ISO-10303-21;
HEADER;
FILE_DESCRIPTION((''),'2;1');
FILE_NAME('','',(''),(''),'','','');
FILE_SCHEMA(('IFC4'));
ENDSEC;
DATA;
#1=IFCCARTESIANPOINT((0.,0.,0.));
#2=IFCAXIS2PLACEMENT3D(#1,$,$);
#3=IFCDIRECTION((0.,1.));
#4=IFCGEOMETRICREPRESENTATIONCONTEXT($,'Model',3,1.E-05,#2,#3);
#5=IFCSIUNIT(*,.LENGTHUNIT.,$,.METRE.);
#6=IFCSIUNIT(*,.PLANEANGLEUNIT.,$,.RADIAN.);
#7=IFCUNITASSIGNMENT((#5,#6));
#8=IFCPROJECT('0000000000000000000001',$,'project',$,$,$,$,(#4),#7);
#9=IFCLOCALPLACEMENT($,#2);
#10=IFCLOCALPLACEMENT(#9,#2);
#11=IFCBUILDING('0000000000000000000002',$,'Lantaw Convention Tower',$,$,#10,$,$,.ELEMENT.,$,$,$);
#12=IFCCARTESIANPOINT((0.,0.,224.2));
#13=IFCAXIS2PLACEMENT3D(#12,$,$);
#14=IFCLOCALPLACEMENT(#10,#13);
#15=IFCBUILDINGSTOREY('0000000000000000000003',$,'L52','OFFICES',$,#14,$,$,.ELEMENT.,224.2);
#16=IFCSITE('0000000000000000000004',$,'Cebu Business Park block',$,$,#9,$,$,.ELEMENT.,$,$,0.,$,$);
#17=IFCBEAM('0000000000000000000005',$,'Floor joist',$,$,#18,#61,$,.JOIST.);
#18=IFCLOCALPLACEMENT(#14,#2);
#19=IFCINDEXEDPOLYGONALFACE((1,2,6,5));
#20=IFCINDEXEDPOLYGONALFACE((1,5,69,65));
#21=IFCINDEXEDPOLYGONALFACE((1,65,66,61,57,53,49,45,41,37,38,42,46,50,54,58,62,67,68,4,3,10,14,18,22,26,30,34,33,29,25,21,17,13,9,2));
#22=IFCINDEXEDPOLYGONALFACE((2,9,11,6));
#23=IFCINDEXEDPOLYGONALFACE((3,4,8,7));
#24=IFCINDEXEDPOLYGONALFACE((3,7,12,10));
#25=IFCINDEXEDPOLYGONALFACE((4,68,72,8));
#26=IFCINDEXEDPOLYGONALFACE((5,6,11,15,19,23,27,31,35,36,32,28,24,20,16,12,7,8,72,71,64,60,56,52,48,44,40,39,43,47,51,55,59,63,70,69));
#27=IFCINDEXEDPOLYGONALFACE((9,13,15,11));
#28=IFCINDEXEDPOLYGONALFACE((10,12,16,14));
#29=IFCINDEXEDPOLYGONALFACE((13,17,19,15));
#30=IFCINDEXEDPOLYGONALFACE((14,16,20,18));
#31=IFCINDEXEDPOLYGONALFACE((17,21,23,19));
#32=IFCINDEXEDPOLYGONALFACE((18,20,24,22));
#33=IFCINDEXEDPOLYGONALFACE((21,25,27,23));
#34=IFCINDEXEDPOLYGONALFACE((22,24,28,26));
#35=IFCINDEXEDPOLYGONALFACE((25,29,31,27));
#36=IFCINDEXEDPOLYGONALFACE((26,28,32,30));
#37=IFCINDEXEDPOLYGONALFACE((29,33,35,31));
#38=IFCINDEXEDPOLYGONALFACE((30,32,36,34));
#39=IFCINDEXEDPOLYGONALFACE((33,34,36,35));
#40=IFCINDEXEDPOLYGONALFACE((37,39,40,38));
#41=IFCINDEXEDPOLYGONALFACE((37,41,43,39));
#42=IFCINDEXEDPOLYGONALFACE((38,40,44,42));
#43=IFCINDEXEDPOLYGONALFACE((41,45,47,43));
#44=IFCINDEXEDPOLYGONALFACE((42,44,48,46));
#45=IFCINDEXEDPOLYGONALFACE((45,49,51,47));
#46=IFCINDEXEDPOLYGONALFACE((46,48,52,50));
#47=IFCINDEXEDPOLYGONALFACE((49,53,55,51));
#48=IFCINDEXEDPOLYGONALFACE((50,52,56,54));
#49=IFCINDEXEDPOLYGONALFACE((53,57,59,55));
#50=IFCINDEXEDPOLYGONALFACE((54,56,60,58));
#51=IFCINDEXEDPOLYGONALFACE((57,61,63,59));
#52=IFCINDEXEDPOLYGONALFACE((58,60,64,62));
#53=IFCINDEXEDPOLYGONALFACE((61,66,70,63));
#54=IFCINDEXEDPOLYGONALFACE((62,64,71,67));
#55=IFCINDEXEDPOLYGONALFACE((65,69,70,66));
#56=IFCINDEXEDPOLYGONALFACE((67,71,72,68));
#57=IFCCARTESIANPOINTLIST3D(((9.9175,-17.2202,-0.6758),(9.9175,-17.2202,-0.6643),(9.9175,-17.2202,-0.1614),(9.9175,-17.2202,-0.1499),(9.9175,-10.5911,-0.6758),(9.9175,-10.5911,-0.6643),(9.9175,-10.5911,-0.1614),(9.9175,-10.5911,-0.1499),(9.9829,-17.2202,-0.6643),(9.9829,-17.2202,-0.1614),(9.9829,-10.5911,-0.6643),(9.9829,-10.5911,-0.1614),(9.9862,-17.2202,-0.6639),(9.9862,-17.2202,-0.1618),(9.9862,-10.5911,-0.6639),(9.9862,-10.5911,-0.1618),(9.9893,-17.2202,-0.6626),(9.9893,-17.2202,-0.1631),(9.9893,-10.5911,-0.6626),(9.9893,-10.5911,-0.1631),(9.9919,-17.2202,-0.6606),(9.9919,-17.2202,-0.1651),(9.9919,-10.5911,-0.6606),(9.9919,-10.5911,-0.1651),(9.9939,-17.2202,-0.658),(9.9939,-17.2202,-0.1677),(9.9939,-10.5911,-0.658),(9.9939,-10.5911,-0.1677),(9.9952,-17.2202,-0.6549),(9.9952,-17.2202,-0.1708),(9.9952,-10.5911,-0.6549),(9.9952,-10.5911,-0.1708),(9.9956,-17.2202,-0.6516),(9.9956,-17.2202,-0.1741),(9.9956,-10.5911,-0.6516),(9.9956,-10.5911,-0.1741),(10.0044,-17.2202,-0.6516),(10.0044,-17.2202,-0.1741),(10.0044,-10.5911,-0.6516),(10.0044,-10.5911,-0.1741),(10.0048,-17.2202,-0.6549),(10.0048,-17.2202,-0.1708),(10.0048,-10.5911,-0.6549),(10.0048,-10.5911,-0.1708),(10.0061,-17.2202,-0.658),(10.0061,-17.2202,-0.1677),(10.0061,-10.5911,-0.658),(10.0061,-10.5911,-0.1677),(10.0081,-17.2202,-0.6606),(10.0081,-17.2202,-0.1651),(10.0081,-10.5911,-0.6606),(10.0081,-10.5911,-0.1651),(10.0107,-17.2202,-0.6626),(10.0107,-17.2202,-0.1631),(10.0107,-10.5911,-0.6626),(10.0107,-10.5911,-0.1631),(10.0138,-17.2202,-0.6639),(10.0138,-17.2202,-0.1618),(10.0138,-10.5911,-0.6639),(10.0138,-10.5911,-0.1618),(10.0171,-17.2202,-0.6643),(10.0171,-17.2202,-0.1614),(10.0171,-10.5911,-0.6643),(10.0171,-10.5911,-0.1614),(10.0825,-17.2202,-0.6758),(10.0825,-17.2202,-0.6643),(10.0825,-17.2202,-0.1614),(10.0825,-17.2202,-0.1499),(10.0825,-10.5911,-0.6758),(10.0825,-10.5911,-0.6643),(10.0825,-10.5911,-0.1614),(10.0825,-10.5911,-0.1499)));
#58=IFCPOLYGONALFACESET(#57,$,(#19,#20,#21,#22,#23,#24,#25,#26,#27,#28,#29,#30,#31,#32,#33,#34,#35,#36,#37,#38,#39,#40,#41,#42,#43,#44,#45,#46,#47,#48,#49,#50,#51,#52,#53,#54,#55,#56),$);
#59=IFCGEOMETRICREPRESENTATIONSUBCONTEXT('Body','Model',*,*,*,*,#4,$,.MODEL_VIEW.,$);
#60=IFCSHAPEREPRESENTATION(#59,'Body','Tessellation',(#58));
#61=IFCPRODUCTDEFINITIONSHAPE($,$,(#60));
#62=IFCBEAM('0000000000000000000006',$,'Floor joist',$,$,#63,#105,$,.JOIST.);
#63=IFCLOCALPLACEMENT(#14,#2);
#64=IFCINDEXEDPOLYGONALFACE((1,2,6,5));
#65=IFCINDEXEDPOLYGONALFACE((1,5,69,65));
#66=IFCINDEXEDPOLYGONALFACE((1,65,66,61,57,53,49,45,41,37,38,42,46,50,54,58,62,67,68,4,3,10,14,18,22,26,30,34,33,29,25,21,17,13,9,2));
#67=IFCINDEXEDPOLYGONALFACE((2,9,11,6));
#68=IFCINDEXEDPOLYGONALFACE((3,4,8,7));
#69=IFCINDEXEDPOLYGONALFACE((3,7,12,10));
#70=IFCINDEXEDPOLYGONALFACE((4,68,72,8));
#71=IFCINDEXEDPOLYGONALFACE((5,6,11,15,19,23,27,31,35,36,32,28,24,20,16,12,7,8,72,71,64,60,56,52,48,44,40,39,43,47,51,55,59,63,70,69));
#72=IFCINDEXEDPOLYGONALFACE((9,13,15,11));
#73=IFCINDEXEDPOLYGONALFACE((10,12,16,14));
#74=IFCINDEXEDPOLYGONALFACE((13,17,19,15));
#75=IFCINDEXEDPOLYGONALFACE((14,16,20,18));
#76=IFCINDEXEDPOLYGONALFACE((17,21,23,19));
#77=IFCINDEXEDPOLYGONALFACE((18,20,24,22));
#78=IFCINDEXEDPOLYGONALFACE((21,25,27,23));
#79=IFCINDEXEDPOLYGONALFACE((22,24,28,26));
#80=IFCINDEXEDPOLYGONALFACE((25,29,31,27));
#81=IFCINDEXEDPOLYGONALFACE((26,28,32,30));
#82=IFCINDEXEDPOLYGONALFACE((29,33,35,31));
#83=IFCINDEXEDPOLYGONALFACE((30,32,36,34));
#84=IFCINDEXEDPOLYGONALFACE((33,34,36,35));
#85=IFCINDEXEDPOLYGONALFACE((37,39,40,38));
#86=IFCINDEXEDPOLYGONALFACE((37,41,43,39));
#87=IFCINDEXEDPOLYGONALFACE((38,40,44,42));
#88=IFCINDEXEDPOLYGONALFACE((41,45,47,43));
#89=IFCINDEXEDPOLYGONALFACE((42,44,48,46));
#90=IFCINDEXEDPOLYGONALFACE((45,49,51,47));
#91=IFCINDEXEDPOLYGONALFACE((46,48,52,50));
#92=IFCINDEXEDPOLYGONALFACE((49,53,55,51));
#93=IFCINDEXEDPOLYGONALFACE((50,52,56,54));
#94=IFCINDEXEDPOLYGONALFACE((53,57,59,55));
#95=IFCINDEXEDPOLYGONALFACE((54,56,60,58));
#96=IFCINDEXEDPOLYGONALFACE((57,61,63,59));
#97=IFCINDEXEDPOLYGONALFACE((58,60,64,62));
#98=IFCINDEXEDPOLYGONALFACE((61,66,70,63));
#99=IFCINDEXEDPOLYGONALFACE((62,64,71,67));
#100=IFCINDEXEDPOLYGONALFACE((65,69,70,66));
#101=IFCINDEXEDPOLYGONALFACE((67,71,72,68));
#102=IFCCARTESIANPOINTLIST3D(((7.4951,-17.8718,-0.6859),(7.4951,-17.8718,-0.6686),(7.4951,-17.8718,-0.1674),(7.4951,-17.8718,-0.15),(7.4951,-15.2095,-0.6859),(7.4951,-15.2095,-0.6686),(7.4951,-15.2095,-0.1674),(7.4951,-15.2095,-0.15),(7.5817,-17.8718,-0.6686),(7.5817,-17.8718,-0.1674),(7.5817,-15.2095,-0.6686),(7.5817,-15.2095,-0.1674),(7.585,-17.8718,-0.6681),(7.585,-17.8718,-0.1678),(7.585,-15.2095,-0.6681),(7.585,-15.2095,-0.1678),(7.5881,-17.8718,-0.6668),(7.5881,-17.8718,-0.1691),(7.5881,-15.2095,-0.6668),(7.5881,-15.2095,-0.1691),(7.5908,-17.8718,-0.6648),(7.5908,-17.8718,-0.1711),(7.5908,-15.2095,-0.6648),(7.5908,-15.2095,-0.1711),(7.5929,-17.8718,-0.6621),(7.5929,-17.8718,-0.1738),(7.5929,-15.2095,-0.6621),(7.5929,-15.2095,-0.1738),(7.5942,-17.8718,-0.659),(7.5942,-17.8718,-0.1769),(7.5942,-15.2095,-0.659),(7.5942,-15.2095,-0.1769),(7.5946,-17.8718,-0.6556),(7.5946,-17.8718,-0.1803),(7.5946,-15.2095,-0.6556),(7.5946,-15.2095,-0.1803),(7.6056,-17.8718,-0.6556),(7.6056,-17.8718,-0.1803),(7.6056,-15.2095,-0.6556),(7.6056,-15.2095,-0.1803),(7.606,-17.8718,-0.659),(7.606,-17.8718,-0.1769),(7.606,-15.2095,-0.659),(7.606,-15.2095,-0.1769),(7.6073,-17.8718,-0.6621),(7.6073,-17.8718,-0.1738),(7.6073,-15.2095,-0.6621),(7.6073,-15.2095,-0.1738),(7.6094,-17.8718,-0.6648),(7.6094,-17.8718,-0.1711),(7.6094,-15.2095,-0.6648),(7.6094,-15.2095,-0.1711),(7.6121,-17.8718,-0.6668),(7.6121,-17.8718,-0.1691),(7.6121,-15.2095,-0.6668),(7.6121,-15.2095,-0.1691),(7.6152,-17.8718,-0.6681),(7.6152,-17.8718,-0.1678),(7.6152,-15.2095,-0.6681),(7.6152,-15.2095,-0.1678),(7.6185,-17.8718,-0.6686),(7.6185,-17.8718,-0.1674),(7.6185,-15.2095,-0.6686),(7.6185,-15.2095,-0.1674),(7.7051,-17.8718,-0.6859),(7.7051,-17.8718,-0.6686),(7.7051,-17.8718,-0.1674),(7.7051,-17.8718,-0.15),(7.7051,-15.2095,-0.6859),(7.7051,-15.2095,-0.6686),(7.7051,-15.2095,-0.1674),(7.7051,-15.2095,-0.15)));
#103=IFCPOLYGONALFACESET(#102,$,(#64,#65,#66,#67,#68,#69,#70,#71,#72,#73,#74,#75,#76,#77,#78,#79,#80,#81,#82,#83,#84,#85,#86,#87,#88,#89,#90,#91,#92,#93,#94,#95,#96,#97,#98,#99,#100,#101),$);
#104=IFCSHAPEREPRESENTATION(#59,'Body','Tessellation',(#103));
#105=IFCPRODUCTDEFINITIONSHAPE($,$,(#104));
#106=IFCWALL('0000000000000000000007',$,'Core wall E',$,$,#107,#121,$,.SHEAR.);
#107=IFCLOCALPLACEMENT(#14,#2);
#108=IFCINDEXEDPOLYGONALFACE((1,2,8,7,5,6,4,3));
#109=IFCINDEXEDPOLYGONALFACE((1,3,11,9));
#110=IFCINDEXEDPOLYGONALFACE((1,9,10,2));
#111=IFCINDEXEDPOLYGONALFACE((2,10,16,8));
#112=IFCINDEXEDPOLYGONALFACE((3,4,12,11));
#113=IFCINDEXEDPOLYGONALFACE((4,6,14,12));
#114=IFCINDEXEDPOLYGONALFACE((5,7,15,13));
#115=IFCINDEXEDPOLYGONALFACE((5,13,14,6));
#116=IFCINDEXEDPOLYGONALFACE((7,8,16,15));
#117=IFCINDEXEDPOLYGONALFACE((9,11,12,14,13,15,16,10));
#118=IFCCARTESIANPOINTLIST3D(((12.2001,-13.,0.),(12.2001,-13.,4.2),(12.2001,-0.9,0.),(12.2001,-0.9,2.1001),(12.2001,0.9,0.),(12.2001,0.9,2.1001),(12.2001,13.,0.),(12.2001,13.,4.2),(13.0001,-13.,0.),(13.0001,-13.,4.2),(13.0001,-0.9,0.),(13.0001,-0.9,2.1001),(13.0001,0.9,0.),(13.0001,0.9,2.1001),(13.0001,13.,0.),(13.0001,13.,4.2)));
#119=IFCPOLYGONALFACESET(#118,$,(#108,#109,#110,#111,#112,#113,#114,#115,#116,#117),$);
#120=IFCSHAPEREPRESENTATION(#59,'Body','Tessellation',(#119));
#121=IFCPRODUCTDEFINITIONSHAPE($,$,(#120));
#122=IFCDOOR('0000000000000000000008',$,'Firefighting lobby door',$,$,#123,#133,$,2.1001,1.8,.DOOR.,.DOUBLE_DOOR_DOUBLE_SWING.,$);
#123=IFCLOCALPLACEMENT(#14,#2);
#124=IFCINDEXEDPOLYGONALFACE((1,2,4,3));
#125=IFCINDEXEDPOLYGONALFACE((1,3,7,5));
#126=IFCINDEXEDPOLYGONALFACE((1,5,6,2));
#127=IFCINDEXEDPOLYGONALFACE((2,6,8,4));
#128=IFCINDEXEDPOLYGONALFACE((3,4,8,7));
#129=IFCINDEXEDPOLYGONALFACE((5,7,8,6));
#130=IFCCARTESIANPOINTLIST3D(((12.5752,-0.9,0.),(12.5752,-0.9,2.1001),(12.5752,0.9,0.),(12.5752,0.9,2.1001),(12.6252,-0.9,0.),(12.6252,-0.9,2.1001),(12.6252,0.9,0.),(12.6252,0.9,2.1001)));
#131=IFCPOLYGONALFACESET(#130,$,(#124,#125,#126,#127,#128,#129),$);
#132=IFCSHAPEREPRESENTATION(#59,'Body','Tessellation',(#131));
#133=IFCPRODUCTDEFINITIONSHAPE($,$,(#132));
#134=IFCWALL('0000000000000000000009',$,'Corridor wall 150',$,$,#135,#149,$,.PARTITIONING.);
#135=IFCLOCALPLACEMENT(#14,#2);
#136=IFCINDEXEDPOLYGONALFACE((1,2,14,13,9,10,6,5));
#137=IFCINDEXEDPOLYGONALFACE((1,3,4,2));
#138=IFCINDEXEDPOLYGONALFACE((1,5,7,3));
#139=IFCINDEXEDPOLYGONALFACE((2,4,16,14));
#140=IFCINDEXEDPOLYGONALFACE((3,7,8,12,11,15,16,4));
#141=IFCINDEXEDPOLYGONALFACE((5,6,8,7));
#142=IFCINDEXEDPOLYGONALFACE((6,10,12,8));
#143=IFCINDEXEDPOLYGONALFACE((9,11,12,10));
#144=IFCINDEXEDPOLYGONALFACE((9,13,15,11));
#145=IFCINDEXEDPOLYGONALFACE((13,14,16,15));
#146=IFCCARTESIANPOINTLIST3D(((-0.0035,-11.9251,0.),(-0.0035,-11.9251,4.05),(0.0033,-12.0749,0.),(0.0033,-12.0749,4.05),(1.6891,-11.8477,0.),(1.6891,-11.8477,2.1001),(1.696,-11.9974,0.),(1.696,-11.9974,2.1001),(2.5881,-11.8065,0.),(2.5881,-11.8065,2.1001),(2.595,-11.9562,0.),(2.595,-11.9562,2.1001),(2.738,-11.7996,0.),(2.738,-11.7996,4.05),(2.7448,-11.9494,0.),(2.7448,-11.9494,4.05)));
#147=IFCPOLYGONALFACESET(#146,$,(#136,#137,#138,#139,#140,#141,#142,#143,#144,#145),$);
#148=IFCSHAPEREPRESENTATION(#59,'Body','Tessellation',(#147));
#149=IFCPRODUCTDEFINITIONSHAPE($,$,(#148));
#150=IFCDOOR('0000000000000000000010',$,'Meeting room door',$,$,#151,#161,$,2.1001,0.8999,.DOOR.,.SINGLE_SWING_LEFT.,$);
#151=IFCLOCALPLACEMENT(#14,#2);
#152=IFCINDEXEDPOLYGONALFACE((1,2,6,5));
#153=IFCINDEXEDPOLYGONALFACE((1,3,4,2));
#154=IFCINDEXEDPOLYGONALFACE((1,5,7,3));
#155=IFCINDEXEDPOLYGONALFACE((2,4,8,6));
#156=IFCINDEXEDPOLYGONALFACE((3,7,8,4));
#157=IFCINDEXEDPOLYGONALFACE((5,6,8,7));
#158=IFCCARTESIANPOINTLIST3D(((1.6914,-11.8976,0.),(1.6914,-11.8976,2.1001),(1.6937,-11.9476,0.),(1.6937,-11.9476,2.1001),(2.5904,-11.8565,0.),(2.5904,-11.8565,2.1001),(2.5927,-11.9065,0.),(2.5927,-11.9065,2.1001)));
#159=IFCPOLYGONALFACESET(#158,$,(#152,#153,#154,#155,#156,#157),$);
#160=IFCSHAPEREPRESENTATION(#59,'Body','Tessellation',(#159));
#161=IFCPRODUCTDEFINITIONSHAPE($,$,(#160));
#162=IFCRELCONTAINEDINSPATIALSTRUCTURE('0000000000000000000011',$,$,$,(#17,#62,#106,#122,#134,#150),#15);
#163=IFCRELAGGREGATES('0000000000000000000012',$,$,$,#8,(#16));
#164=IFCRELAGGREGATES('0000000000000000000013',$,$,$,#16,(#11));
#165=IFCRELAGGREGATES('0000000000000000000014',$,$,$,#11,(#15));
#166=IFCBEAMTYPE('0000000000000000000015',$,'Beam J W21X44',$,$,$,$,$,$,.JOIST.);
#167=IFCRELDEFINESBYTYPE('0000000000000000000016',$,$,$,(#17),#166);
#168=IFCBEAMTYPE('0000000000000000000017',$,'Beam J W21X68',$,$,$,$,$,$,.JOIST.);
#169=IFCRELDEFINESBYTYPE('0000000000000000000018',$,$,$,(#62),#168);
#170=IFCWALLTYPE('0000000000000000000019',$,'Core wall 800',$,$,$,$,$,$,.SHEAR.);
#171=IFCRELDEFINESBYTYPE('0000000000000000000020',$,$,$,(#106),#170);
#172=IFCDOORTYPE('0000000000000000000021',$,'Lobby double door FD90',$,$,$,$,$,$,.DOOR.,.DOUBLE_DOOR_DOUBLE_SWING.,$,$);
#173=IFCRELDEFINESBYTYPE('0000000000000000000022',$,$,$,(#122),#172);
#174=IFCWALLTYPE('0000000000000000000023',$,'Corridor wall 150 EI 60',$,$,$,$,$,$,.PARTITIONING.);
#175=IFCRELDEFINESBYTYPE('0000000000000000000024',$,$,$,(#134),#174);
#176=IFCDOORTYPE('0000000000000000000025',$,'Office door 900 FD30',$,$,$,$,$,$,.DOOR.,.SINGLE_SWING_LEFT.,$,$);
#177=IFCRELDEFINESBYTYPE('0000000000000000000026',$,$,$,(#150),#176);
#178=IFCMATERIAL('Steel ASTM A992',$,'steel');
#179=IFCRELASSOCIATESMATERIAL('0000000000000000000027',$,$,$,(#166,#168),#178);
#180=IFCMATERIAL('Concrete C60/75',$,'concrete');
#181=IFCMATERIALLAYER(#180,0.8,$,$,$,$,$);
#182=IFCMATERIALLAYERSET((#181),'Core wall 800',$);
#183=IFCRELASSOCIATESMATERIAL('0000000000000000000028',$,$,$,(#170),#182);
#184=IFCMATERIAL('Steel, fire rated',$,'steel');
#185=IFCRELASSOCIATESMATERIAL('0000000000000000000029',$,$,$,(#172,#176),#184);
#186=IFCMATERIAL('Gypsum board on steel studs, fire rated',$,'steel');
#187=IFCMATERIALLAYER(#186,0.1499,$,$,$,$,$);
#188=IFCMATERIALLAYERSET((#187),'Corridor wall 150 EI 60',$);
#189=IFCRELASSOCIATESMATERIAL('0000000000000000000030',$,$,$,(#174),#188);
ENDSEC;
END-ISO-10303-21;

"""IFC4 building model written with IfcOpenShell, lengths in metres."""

from ifc_helpers import new_model, si_unit, direction, frame, frame_2d, origin, origin_2d, place, context, subcontext, project, spatial, rectangle, i_section, extrude, material, layer, layer_set, material_profile, profile_set, type_object, element, fill, save


model = new_model("IFC4")

# Units and contexts
model_context = context("Model", 3, precision=1e-05, world=origin(), true_north=direction((0.0, 1.0)))
body_context = subcontext(model_context, "Body", "Model", "MODEL_VIEW")
ifc_project = project(units=[si_unit("LENGTHUNIT", "METRE"), si_unit("PLANEANGLEUNIT", "RADIAN")], contexts=[model_context])

# Site, building, storey
site_placement = place(None, origin())
site = spatial("IfcSite", under=ifc_project, at=site_placement, Name="Cebu Business Park block", CompositionType="ELEMENT", RefElevation=0.0)
building_placement = place(site_placement, origin())
building = spatial("IfcBuilding", under=site, at=building_placement, Name="Lantaw Convention Tower", CompositionType="ELEMENT")
storey_placement = place(building_placement, frame((0.0, 0.0, 224.2)))
storey = spatial("IfcBuildingStorey", under=building, at=storey_placement, Name="L52", Description="OFFICES", CompositionType="ELEMENT", Elevation=224.2)

# Shared definitions
ifc_material_1 = material(Name="Concrete C60/75", Category="concrete")

# Beams
ifc_material_2 = material(Name="Steel ASTM A992", Category="steel")
ifc_material_profile_1 = material_profile(ifc_material_2, i_section(OverallWidth=0.165, OverallDepth=0.5259, WebThickness=0.0088, FlangeThickness=0.0115, FilletRadius=0.0127, at=origin_2d()), Name="W21X44")
ifc_profile_set_1 = profile_set([ifc_material_profile_1], Name="Steel ASTM A992")
beam_type_1 = type_object("IfcBeamType", Name="Beam J W21X44", PredefinedType="JOIST", material=ifc_profile_set_1)
beam_1_placement = place(storey_placement, frame((10.0, -17.2202, -0.4128), z_axis=(0.0, 1.0, 0.0), x_axis=(-1.0, 0.0, 0.0)))
element("IfcBeam", 1, at=beam_1_placement, inside=storey, type_object=beam_type_1, Name="Floor joist", PredefinedType="JOIST", context=body_context, shape_type="SweptSolid", body=[
    extrude(i_section(OverallWidth=0.165, OverallDepth=0.5259, WebThickness=0.0088, FlangeThickness=0.0115, FilletRadius=0.0127, at=origin_2d()), origin(), (0.0, 0.0, 1.0), 6.6292),
])
ifc_material_profile_2 = material_profile(ifc_material_2, i_section(OverallWidth=0.21, OverallDepth=0.5359, WebThickness=0.011, FlangeThickness=0.0173, FilletRadius=0.0129, at=origin_2d()), Name="W21X68")
ifc_profile_set_2 = profile_set([ifc_material_profile_2], Name="Steel ASTM A992")
beam_type_2 = type_object("IfcBeamType", Name="Beam J W21X68", PredefinedType="JOIST", material=ifc_profile_set_2)
beam_2_placement = place(storey_placement, frame((7.6001, -17.8718, -0.418), z_axis=(0.0, 1.0, 0.0), x_axis=(-1.0, 0.0, 0.0)))
element("IfcBeam", 2, at=beam_2_placement, inside=storey, type_object=beam_type_2, Name="Floor joist", PredefinedType="JOIST", context=body_context, shape_type="SweptSolid", body=[
    extrude(i_section(OverallWidth=0.21, OverallDepth=0.5359, WebThickness=0.011, FlangeThickness=0.0173, FilletRadius=0.0129, at=origin_2d()), origin(), (0.0, 0.0, 1.0), 2.6624),
])

# Walls, openings, doors
ifc_layer_1 = layer(ifc_material_1, 0.8)
ifc_layer_set_1 = layer_set([ifc_layer_1], Name="Core wall 800")
wall_type_1 = type_object("IfcWallType", Name="Core wall 800", PredefinedType="SHEAR", material=ifc_layer_set_1)
wall_1_placement = place(storey_placement, frame((12.6001, -13.0, 0.0), z_axis=(0.0, 0.0, 1.0), x_axis=(0.0, 1.0, 0.0)))
wall_1 = element("IfcWall", 3, at=wall_1_placement, inside=storey, type_object=wall_type_1, Name="Core wall E", PredefinedType="SHEAR", context=body_context, shape_type="SweptSolid", body=[
    extrude(rectangle(XDim=26.0, YDim=0.8, at=frame_2d((13.0, 0.0))), origin(), (0.0, 0.0, 1.0), 4.2),
])
opening_1_placement = place(wall_1_placement, frame((12.1001, 0.0, 0.0)))
opening_1 = element("IfcOpeningElement", 4, at=opening_1_placement, cuts=wall_1, PredefinedType="OPENING", context=body_context, shape_type="SweptSolid", body=[
    extrude(rectangle(XDim=1.8, YDim=2.1001, at=frame_2d((0.8999, 1.05))), frame((0.0, 0.4099, 0.0), z_axis=(0.0, -1.0, 0.0), x_axis=(1.0, 0.0, 0.0)), (0.0, 0.0, 1.0), 0.8201),
])
ifc_material_3 = material(Name="Steel, fire rated", Category="steel")
door_type_1 = type_object("IfcDoorType", Name="Lobby double door FD90", OperationType="DOUBLE_DOOR_DOUBLE_SWING", PredefinedType="DOOR", material=ifc_material_3)
door_1_placement = place(opening_1_placement, origin())
door_1 = element("IfcDoor", 5, at=door_1_placement, inside=storey, type_object=door_type_1, Name="Firefighting lobby door", OperationType="DOUBLE_DOOR_DOUBLE_SWING", OverallHeight=2.1001, OverallWidth=1.8, PredefinedType="DOOR", context=body_context, shape_type="SweptSolid", body=[
    extrude(rectangle(XDim=1.8, YDim=2.1001, at=frame_2d((0.8999, 1.05))), frame((0.0, 0.0249, 0.0), z_axis=(0.0, -1.0, 0.0), x_axis=(1.0, 0.0, 0.0)), (0.0, 0.0, 1.0), 0.05),
])
fill(opening_1, door_1)
ifc_material_4 = material(Name="Gypsum board on steel studs, fire rated", Category="steel")
ifc_layer_2 = layer(ifc_material_4, 0.1499)
ifc_layer_set_2 = layer_set([ifc_layer_2], Name="Corridor wall 150 EI 60")
wall_type_2 = type_object("IfcWallType", Name="Corridor wall 150 EI 60", PredefinedType="PARTITIONING", material=ifc_layer_set_2)
wall_2_placement = place(storey_placement, frame((0.0, -12.0, 0.0), z_axis=(0.0, 0.0, 1.0), x_axis=(0.998954, 0.045726, 0.0)))
wall_2 = element("IfcWall", 6, at=wall_2_placement, inside=storey, type_object=wall_type_2, Name="Corridor wall 150", PredefinedType="PARTITIONING", context=body_context, shape_type="SweptSolid", body=[
    extrude(rectangle(XDim=2.7444, YDim=0.1499, at=frame_2d((1.3721, 0.0))), origin(), (0.0, 0.0, 1.0), 4.05),
])
opening_2_placement = place(wall_2_placement, frame((1.6943, 0.0, 0.0)))
opening_2 = element("IfcOpeningElement", 7, at=opening_2_placement, cuts=wall_2, PredefinedType="OPENING", context=body_context, shape_type="SweptSolid", body=[
    extrude(rectangle(XDim=0.8999, YDim=2.1001, at=frame_2d((0.45, 1.05))), frame((0.0, 0.085, 0.0), z_axis=(0.0, -1.0, 0.0), x_axis=(1.0, 0.0, 0.0)), (0.0, 0.0, 1.0), 0.1699),
])
door_type_2 = type_object("IfcDoorType", Name="Office door 900 FD30", OperationType="SINGLE_SWING_LEFT", PredefinedType="DOOR", material=ifc_material_3)
door_2_placement = place(opening_2_placement, origin())
door_2 = element("IfcDoor", 8, at=door_2_placement, inside=storey, type_object=door_type_2, Name="Meeting room door", OperationType="SINGLE_SWING_LEFT", OverallHeight=2.1001, OverallWidth=0.8999, PredefinedType="DOOR", context=body_context, shape_type="SweptSolid", body=[
    extrude(rectangle(XDim=0.8999, YDim=2.1001, at=frame_2d((0.45, 1.05))), frame((0.0, 0.0249, 0.0), z_axis=(0.0, -1.0, 0.0), x_axis=(1.0, 0.0, 0.0)), (0.0, 0.0, 1.0), 0.05),
])
fill(opening_2, door_2)

save(model, "model.ifc")
